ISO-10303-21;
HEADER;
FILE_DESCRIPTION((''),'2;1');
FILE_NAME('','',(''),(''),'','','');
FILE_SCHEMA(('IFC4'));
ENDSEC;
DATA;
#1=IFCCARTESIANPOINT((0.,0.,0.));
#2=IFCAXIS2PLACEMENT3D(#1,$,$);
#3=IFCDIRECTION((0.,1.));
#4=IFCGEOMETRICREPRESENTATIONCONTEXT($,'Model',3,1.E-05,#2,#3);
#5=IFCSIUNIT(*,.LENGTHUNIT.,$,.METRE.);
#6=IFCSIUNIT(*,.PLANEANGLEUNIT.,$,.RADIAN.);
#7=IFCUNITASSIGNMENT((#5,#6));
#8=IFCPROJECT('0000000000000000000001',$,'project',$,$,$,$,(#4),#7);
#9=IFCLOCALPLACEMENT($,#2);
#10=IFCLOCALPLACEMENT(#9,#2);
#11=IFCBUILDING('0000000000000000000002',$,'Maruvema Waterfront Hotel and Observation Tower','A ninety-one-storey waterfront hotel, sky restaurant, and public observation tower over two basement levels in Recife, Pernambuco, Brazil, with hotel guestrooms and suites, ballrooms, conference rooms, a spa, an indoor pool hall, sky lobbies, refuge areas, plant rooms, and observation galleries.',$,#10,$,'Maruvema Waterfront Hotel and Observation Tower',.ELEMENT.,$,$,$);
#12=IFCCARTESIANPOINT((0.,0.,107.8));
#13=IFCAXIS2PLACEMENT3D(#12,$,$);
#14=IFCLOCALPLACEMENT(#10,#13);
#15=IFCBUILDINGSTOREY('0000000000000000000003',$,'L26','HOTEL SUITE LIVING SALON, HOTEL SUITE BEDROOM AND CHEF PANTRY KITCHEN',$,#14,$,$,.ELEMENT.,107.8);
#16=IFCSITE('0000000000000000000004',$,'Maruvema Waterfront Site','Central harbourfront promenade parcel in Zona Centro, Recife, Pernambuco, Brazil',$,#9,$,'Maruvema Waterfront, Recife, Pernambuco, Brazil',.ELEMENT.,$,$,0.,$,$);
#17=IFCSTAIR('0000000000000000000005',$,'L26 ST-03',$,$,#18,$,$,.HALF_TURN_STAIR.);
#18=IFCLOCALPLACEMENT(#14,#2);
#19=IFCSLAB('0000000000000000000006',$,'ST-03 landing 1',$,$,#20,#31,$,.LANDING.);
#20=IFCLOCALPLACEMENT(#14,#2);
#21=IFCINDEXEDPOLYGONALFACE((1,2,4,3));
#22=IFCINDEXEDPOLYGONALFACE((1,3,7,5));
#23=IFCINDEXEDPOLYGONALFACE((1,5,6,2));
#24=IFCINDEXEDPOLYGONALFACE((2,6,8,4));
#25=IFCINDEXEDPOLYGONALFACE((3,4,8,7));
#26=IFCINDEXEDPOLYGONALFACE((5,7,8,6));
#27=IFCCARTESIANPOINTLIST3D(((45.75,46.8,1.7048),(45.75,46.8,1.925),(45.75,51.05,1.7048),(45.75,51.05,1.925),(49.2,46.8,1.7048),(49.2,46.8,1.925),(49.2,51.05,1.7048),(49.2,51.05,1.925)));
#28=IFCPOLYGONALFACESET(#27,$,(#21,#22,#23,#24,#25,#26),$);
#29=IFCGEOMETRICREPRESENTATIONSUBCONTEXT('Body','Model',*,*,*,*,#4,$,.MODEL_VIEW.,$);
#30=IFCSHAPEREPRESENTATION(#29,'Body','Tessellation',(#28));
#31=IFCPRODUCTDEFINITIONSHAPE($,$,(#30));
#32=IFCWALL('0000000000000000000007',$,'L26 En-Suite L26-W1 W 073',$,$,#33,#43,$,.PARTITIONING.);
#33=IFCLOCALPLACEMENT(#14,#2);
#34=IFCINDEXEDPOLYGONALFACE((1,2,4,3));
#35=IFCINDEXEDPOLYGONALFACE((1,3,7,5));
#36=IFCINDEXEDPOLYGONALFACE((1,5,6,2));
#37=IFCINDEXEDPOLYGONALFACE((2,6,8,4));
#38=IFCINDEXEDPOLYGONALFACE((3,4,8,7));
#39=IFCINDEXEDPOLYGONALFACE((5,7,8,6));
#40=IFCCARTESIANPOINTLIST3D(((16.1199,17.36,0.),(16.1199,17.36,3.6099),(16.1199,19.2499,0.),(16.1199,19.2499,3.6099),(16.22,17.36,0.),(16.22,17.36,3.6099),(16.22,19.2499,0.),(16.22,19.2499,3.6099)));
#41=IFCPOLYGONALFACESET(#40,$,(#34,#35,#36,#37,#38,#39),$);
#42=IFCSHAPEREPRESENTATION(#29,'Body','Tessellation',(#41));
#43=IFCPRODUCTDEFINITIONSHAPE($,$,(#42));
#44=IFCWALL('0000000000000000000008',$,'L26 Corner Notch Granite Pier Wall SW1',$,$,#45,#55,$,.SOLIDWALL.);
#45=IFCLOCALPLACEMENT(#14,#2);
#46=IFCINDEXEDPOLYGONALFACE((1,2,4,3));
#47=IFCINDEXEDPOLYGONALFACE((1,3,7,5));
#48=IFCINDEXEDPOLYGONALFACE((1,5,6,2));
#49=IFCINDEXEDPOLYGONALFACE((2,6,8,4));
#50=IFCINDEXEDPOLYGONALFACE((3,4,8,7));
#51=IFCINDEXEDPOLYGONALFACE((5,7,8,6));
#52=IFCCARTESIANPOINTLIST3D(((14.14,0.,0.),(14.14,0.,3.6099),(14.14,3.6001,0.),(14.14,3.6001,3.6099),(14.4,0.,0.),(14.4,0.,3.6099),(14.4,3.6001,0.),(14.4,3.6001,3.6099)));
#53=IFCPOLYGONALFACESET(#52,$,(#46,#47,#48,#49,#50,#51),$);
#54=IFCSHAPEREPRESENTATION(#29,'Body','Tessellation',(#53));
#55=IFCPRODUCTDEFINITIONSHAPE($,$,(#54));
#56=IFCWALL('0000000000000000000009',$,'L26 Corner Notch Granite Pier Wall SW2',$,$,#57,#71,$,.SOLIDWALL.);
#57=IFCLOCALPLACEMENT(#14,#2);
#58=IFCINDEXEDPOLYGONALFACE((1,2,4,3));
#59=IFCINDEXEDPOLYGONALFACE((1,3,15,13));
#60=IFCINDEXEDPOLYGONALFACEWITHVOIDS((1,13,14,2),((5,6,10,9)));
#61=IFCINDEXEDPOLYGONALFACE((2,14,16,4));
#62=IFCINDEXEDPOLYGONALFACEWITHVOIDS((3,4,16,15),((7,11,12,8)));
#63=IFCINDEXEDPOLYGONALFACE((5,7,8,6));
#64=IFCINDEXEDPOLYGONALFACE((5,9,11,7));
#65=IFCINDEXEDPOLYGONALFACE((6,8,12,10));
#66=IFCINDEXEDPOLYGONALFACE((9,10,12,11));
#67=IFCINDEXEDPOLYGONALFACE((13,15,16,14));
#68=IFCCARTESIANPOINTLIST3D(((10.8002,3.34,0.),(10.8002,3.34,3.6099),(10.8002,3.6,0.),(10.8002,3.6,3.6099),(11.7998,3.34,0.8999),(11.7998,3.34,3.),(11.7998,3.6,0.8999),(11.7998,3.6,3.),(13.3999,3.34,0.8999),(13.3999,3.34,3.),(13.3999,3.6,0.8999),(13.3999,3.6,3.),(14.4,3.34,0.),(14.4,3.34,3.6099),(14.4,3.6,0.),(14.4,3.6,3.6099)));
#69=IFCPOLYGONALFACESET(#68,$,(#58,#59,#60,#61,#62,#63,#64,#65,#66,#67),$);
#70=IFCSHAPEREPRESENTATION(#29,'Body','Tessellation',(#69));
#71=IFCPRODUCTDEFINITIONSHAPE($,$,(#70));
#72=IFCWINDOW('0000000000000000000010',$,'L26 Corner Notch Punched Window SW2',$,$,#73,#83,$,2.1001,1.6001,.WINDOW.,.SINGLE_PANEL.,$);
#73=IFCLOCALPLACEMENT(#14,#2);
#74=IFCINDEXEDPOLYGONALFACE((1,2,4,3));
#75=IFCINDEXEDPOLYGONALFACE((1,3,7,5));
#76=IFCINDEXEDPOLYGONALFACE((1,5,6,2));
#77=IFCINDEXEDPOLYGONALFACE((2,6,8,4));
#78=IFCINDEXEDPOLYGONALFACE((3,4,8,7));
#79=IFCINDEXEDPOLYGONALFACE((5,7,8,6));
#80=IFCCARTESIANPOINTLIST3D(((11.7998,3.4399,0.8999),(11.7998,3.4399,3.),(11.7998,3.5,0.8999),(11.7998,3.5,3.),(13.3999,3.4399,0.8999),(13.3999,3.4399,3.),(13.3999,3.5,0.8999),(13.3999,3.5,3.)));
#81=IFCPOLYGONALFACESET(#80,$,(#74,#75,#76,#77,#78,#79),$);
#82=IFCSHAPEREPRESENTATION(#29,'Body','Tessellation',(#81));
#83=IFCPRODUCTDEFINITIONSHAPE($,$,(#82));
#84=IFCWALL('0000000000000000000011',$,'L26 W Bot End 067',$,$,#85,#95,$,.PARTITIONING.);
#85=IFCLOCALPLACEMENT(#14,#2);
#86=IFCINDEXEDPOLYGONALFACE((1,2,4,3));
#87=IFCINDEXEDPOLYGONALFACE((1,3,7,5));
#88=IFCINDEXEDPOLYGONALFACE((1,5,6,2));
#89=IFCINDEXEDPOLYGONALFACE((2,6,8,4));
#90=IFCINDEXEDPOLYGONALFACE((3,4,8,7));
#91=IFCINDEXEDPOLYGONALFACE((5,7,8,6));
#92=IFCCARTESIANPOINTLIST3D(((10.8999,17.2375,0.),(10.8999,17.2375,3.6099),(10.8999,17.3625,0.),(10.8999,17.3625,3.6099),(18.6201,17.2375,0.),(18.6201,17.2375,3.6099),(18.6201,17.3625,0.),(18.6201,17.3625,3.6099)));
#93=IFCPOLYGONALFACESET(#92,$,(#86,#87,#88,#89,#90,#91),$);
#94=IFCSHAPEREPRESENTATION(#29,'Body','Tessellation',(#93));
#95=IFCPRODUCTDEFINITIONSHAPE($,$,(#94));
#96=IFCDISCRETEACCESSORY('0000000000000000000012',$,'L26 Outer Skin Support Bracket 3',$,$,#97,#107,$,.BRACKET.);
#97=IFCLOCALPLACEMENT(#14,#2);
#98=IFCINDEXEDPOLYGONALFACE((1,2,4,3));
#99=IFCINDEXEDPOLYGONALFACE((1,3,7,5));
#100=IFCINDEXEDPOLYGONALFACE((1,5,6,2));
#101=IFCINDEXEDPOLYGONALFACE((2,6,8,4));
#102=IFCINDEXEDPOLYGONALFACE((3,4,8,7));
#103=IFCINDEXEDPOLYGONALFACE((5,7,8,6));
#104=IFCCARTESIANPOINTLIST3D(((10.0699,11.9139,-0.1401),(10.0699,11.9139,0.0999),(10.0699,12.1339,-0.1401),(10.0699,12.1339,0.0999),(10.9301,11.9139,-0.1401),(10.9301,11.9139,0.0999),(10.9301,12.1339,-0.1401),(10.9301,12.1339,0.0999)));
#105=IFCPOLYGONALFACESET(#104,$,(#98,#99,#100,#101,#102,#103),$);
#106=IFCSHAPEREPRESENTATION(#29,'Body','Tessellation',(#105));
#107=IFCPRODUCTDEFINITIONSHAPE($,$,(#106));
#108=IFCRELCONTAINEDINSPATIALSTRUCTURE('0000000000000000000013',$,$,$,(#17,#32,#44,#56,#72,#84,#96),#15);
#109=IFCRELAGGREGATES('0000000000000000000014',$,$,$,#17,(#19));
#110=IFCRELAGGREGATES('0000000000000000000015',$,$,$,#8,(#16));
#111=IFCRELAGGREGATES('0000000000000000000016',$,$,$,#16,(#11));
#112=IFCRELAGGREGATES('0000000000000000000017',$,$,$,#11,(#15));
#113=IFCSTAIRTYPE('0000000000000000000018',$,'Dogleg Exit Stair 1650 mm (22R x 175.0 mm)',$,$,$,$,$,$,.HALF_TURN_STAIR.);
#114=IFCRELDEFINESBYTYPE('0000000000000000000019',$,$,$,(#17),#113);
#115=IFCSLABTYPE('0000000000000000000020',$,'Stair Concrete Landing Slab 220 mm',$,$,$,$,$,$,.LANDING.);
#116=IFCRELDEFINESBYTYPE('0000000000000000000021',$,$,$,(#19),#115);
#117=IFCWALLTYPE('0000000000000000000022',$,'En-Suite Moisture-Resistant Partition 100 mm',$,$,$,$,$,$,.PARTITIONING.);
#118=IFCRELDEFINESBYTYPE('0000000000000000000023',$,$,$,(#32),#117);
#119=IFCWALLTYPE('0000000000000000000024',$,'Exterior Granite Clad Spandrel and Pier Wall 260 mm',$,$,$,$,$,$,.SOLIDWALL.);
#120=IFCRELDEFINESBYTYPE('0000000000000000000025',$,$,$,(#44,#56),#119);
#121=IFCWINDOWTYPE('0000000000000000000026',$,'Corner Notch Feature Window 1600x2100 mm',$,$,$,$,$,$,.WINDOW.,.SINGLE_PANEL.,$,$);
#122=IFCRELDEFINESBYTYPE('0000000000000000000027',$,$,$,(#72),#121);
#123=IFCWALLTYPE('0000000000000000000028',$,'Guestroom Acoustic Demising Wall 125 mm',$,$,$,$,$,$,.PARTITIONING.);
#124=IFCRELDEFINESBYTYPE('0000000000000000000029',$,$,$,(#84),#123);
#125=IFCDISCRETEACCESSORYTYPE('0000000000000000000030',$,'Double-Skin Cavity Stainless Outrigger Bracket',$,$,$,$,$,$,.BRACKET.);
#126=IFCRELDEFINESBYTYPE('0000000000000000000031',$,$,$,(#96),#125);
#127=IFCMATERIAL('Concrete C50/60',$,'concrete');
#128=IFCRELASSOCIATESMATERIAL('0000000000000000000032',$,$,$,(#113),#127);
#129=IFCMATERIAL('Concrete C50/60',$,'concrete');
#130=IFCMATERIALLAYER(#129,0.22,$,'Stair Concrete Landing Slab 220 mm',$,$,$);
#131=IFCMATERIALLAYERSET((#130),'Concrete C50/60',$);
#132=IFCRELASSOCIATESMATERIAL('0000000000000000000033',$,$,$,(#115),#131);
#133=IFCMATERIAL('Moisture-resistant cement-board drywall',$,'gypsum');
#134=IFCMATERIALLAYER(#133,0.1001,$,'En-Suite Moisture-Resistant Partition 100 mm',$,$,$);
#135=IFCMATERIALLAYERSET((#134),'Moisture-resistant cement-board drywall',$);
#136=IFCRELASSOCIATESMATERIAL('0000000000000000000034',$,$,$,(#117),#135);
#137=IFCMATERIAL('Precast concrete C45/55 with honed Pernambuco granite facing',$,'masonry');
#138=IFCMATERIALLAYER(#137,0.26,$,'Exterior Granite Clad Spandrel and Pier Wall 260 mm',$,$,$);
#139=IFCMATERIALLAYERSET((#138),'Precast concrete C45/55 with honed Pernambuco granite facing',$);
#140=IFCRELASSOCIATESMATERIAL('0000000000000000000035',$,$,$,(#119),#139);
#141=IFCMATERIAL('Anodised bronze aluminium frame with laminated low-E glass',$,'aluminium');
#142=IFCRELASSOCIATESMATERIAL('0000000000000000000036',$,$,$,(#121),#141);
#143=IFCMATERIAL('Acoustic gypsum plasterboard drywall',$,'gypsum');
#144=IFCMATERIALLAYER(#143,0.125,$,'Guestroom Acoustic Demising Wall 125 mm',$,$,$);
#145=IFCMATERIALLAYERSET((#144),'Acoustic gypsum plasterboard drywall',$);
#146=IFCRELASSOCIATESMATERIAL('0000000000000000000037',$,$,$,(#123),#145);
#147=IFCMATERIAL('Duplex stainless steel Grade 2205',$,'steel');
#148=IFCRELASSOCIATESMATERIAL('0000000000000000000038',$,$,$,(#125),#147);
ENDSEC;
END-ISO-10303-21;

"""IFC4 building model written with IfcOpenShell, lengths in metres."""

from ifc_helpers import new_model, si_unit, direction, frame, frame_2d, origin, origin_2d, place, context, subcontext, project, spatial, polyline, rectangle, outline, extrude, material, layer, layer_set, type_object, element, fill, aggregate, save


model = new_model("IFC4")

# Units and contexts
model_context = context("Model", 3, precision=1e-05, world=origin(), true_north=direction((0.0, 1.0)))
body_context = subcontext(model_context, "Body", "Model", "MODEL_VIEW")
ifc_project = project(units=[si_unit("LENGTHUNIT", "METRE"), si_unit("PLANEANGLEUNIT", "RADIAN")], contexts=[model_context])

# Site, building, storey
site_placement = place(None, origin())
site = spatial("IfcSite", under=ifc_project, at=site_placement, Name="Maruvema Waterfront Site", Description="Central harbourfront promenade parcel in Zona Centro, Recife, Pernambuco, Brazil", LongName="Maruvema Waterfront, Recife, Pernambuco, Brazil", CompositionType="ELEMENT", RefElevation=0.0)
building_placement = place(site_placement, origin())
building = spatial("IfcBuilding", under=site, at=building_placement, Name="Maruvema Waterfront Hotel and Observation Tower", Description="A ninety-one-storey waterfront hotel, sky restaurant, and public observation tower over two basement levels in Recife, Pernambuco, Brazil, with hotel guestrooms and suites, ballrooms, conference rooms, a spa, an indoor pool hall, sky lobbies, refuge areas, plant rooms, and observation galleries.", LongName="Maruvema Waterfront Hotel and Observation Tower", CompositionType="ELEMENT")
storey_placement = place(building_placement, frame((0.0, 0.0, 107.8)))
storey = spatial("IfcBuildingStorey", under=building, at=storey_placement, Name="L26", Description="HOTEL SUITE LIVING SALON, HOTEL SUITE BEDROOM AND CHEF PANTRY KITCHEN", CompositionType="ELEMENT", Elevation=107.8)

# Stair, slab
ifc_material_1 = material(Name="Concrete C50/60", Category="concrete")
stair_type = type_object("IfcStairType", Name="Dogleg Exit Stair 1650 mm (22R x 175.0 mm)", PredefinedType="HALF_TURN_STAIR", material=ifc_material_1)
ifc_material_2 = material(Name="Concrete C50/60", Category="concrete")
ifc_layer_1 = layer(ifc_material_2, 0.22, Name="Stair Concrete Landing Slab 220 mm")
ifc_layer_set_1 = layer_set([ifc_layer_1], Name="Concrete C50/60")
slab_type_1 = type_object("IfcSlabType", Name="Stair Concrete Landing Slab 220 mm", PredefinedType="LANDING", material=ifc_layer_set_1)
stair_1_placement = place(storey_placement, origin())
stair_1 = element("IfcStair", 1, at=stair_1_placement, inside=storey, type_object=stair_type, Name="L26 ST-03", PredefinedType="HALF_TURN_STAIR")
slab_1_placement = place(storey_placement, frame((0.0, 0.0, 1.7048)))
slab_1 = element("IfcSlab", 2, at=slab_1_placement, type_object=slab_type_1, Name="ST-03 landing 1", PredefinedType="LANDING", context=body_context, shape_type="SweptSolid", body=[
    extrude(outline(polyline([(49.2, 46.8), (49.2, 51.05), (45.75, 51.05), (45.75, 46.8), (49.2, 46.8)])), origin(), (0.0, 0.0, 1.0), 0.2202),
])
aggregate(stair_1, [slab_1])

# Walls
ifc_material_3 = material(Name="Moisture-resistant cement-board drywall", Category="gypsum")
ifc_layer_2 = layer(ifc_material_3, 0.1001, Name="En-Suite Moisture-Resistant Partition 100 mm")
ifc_layer_set_2 = layer_set([ifc_layer_2], Name="Moisture-resistant cement-board drywall")
wall_type_1 = type_object("IfcWallType", Name="En-Suite Moisture-Resistant Partition 100 mm", PredefinedType="PARTITIONING", material=ifc_layer_set_2)
wall_1_placement = place(storey_placement, frame((16.1699, 17.3601, 0.0), z_axis=(0.0, 0.0, 1.0), x_axis=(0.0, 1.0, 0.0)))
element("IfcWall", 3, at=wall_1_placement, inside=storey, type_object=wall_type_1, Name="L26 En-Suite L26-W1 W 073", PredefinedType="PARTITIONING", context=body_context, shape_type="SweptSolid", body=[
    extrude(rectangle(XDim=1.8899, YDim=0.1001, at=frame_2d((0.9448, 0.0))), origin(), (0.0, 0.0, 1.0), 3.6099),
])
ifc_material_4 = material(Name="Precast concrete C45/55 with honed Pernambuco granite facing", Category="masonry")
ifc_layer_3 = layer(ifc_material_4, 0.26, Name="Exterior Granite Clad Spandrel and Pier Wall 260 mm")
ifc_layer_set_3 = layer_set([ifc_layer_3], Name="Precast concrete C45/55 with honed Pernambuco granite facing")
wall_type_2 = type_object("IfcWallType", Name="Exterior Granite Clad Spandrel and Pier Wall 260 mm", PredefinedType="SOLIDWALL", material=ifc_layer_set_3)
wall_2_placement = place(storey_placement, frame((14.27, 0.0, 0.0), z_axis=(0.0, 0.0, 1.0), x_axis=(0.0, 1.0, 0.0)))
element("IfcWall", 4, at=wall_2_placement, inside=storey, type_object=wall_type_2, Name="L26 Corner Notch Granite Pier Wall SW1", PredefinedType="SOLIDWALL", context=body_context, shape_type="SweptSolid", body=[
    extrude(rectangle(XDim=3.6001, YDim=0.26, at=frame_2d((1.8, 0.0))), origin(), (0.0, 0.0, 1.0), 3.6099),
])

# Wall, opening, window
wall_3_placement = place(storey_placement, frame((14.3999, 3.47, 0.0), z_axis=(0.0, 0.0, 1.0), x_axis=(-1.0, 0.0, 0.0)))
wall_3 = element("IfcWall", 5, at=wall_3_placement, inside=storey, type_object=wall_type_2, Name="L26 Corner Notch Granite Pier Wall SW2", PredefinedType="SOLIDWALL", context=body_context, shape_type="SweptSolid", body=[
    extrude(rectangle(XDim=3.5999, YDim=0.26, at=frame_2d((1.7998, 0.0))), origin(), (0.0, 0.0, 1.0), 3.6099),
])
opening_placement = place(wall_3_placement, frame((1.0, 0.0, 0.8999)))
opening = element("IfcOpeningElement", 6, at=opening_placement, cuts=wall_3, PredefinedType="OPENING", context=body_context, shape_type="SweptSolid", body=[
    extrude(rectangle(XDim=1.6001, YDim=2.1001, at=frame_2d((0.8, 1.05))), frame((0.0, 0.1401, 0.0), z_axis=(0.0, -1.0, 0.0), x_axis=(1.0, 0.0, 0.0)), (0.0, 0.0, 1.0), 0.28),
])
ifc_material_5 = material(Name="Anodised bronze aluminium frame with laminated low-E glass", Category="aluminium")
window_type = type_object("IfcWindowType", Name="Corner Notch Feature Window 1600x2100 mm", PartitioningType="SINGLE_PANEL", PredefinedType="WINDOW", material=ifc_material_5)
window_placement = place(opening_placement, origin())
window = element("IfcWindow", 7, at=window_placement, inside=storey, type_object=window_type, Name="L26 Corner Notch Punched Window SW2", OverallHeight=2.1001, OverallWidth=1.6001, PartitioningType="SINGLE_PANEL", PredefinedType="WINDOW", context=body_context, shape_type="SweptSolid", body=[
    extrude(rectangle(XDim=1.6001, YDim=2.1001, at=frame_2d((0.8, 1.05))), frame((0.0, 0.03, 0.0), z_axis=(0.0, -1.0, 0.0), x_axis=(1.0, 0.0, 0.0)), (0.0, 0.0, 1.0), 0.0601),
])
fill(opening, window)

# Wall
ifc_material_6 = material(Name="Acoustic gypsum plasterboard drywall", Category="gypsum")
ifc_layer_4 = layer(ifc_material_6, 0.125, Name="Guestroom Acoustic Demising Wall 125 mm")
ifc_layer_set_4 = layer_set([ifc_layer_4], Name="Acoustic gypsum plasterboard drywall")
wall_type_3 = type_object("IfcWallType", Name="Guestroom Acoustic Demising Wall 125 mm", PredefinedType="PARTITIONING", material=ifc_layer_set_4)
wall_4_placement = place(storey_placement, frame((10.8999, 17.3, 0.0), z_axis=(0.0, 0.0, 1.0), x_axis=(1.0, 0.0, 0.0)))
element("IfcWall", 8, at=wall_4_placement, inside=storey, type_object=wall_type_3, Name="L26 W Bot End 067", PredefinedType="PARTITIONING", context=body_context, shape_type="SweptSolid", body=[
    extrude(rectangle(XDim=7.7202, YDim=0.125, at=frame_2d((3.8601, 0.0))), origin(), (0.0, 0.0, 1.0), 3.6099),
])

# Discrete accessory
ifc_material_7 = material(Name="Duplex stainless steel Grade 2205", Category="steel")
discrete_accessory_type = type_object("IfcDiscreteAccessoryType", Name="Double-Skin Cavity Stainless Outrigger Bracket", PredefinedType="BRACKET", material=ifc_material_7)
discrete_accessory_placement = place(storey_placement, frame((10.5, 12.0239, -0.1401), z_axis=(0.0, 0.0, 1.0), x_axis=(0.0, -1.0, 0.0)))
element("IfcDiscreteAccessory", 9, at=discrete_accessory_placement, inside=storey, type_object=discrete_accessory_type, Name="L26 Outer Skin Support Bracket 3", PredefinedType="BRACKET", context=body_context, shape_type="SweptSolid", body=[
    extrude(rectangle(XDim=0.22, YDim=0.8601, at=origin_2d()), origin(), (0.0, 0.0, 1.0), 0.24),
])

save(model, "model.ifc")
